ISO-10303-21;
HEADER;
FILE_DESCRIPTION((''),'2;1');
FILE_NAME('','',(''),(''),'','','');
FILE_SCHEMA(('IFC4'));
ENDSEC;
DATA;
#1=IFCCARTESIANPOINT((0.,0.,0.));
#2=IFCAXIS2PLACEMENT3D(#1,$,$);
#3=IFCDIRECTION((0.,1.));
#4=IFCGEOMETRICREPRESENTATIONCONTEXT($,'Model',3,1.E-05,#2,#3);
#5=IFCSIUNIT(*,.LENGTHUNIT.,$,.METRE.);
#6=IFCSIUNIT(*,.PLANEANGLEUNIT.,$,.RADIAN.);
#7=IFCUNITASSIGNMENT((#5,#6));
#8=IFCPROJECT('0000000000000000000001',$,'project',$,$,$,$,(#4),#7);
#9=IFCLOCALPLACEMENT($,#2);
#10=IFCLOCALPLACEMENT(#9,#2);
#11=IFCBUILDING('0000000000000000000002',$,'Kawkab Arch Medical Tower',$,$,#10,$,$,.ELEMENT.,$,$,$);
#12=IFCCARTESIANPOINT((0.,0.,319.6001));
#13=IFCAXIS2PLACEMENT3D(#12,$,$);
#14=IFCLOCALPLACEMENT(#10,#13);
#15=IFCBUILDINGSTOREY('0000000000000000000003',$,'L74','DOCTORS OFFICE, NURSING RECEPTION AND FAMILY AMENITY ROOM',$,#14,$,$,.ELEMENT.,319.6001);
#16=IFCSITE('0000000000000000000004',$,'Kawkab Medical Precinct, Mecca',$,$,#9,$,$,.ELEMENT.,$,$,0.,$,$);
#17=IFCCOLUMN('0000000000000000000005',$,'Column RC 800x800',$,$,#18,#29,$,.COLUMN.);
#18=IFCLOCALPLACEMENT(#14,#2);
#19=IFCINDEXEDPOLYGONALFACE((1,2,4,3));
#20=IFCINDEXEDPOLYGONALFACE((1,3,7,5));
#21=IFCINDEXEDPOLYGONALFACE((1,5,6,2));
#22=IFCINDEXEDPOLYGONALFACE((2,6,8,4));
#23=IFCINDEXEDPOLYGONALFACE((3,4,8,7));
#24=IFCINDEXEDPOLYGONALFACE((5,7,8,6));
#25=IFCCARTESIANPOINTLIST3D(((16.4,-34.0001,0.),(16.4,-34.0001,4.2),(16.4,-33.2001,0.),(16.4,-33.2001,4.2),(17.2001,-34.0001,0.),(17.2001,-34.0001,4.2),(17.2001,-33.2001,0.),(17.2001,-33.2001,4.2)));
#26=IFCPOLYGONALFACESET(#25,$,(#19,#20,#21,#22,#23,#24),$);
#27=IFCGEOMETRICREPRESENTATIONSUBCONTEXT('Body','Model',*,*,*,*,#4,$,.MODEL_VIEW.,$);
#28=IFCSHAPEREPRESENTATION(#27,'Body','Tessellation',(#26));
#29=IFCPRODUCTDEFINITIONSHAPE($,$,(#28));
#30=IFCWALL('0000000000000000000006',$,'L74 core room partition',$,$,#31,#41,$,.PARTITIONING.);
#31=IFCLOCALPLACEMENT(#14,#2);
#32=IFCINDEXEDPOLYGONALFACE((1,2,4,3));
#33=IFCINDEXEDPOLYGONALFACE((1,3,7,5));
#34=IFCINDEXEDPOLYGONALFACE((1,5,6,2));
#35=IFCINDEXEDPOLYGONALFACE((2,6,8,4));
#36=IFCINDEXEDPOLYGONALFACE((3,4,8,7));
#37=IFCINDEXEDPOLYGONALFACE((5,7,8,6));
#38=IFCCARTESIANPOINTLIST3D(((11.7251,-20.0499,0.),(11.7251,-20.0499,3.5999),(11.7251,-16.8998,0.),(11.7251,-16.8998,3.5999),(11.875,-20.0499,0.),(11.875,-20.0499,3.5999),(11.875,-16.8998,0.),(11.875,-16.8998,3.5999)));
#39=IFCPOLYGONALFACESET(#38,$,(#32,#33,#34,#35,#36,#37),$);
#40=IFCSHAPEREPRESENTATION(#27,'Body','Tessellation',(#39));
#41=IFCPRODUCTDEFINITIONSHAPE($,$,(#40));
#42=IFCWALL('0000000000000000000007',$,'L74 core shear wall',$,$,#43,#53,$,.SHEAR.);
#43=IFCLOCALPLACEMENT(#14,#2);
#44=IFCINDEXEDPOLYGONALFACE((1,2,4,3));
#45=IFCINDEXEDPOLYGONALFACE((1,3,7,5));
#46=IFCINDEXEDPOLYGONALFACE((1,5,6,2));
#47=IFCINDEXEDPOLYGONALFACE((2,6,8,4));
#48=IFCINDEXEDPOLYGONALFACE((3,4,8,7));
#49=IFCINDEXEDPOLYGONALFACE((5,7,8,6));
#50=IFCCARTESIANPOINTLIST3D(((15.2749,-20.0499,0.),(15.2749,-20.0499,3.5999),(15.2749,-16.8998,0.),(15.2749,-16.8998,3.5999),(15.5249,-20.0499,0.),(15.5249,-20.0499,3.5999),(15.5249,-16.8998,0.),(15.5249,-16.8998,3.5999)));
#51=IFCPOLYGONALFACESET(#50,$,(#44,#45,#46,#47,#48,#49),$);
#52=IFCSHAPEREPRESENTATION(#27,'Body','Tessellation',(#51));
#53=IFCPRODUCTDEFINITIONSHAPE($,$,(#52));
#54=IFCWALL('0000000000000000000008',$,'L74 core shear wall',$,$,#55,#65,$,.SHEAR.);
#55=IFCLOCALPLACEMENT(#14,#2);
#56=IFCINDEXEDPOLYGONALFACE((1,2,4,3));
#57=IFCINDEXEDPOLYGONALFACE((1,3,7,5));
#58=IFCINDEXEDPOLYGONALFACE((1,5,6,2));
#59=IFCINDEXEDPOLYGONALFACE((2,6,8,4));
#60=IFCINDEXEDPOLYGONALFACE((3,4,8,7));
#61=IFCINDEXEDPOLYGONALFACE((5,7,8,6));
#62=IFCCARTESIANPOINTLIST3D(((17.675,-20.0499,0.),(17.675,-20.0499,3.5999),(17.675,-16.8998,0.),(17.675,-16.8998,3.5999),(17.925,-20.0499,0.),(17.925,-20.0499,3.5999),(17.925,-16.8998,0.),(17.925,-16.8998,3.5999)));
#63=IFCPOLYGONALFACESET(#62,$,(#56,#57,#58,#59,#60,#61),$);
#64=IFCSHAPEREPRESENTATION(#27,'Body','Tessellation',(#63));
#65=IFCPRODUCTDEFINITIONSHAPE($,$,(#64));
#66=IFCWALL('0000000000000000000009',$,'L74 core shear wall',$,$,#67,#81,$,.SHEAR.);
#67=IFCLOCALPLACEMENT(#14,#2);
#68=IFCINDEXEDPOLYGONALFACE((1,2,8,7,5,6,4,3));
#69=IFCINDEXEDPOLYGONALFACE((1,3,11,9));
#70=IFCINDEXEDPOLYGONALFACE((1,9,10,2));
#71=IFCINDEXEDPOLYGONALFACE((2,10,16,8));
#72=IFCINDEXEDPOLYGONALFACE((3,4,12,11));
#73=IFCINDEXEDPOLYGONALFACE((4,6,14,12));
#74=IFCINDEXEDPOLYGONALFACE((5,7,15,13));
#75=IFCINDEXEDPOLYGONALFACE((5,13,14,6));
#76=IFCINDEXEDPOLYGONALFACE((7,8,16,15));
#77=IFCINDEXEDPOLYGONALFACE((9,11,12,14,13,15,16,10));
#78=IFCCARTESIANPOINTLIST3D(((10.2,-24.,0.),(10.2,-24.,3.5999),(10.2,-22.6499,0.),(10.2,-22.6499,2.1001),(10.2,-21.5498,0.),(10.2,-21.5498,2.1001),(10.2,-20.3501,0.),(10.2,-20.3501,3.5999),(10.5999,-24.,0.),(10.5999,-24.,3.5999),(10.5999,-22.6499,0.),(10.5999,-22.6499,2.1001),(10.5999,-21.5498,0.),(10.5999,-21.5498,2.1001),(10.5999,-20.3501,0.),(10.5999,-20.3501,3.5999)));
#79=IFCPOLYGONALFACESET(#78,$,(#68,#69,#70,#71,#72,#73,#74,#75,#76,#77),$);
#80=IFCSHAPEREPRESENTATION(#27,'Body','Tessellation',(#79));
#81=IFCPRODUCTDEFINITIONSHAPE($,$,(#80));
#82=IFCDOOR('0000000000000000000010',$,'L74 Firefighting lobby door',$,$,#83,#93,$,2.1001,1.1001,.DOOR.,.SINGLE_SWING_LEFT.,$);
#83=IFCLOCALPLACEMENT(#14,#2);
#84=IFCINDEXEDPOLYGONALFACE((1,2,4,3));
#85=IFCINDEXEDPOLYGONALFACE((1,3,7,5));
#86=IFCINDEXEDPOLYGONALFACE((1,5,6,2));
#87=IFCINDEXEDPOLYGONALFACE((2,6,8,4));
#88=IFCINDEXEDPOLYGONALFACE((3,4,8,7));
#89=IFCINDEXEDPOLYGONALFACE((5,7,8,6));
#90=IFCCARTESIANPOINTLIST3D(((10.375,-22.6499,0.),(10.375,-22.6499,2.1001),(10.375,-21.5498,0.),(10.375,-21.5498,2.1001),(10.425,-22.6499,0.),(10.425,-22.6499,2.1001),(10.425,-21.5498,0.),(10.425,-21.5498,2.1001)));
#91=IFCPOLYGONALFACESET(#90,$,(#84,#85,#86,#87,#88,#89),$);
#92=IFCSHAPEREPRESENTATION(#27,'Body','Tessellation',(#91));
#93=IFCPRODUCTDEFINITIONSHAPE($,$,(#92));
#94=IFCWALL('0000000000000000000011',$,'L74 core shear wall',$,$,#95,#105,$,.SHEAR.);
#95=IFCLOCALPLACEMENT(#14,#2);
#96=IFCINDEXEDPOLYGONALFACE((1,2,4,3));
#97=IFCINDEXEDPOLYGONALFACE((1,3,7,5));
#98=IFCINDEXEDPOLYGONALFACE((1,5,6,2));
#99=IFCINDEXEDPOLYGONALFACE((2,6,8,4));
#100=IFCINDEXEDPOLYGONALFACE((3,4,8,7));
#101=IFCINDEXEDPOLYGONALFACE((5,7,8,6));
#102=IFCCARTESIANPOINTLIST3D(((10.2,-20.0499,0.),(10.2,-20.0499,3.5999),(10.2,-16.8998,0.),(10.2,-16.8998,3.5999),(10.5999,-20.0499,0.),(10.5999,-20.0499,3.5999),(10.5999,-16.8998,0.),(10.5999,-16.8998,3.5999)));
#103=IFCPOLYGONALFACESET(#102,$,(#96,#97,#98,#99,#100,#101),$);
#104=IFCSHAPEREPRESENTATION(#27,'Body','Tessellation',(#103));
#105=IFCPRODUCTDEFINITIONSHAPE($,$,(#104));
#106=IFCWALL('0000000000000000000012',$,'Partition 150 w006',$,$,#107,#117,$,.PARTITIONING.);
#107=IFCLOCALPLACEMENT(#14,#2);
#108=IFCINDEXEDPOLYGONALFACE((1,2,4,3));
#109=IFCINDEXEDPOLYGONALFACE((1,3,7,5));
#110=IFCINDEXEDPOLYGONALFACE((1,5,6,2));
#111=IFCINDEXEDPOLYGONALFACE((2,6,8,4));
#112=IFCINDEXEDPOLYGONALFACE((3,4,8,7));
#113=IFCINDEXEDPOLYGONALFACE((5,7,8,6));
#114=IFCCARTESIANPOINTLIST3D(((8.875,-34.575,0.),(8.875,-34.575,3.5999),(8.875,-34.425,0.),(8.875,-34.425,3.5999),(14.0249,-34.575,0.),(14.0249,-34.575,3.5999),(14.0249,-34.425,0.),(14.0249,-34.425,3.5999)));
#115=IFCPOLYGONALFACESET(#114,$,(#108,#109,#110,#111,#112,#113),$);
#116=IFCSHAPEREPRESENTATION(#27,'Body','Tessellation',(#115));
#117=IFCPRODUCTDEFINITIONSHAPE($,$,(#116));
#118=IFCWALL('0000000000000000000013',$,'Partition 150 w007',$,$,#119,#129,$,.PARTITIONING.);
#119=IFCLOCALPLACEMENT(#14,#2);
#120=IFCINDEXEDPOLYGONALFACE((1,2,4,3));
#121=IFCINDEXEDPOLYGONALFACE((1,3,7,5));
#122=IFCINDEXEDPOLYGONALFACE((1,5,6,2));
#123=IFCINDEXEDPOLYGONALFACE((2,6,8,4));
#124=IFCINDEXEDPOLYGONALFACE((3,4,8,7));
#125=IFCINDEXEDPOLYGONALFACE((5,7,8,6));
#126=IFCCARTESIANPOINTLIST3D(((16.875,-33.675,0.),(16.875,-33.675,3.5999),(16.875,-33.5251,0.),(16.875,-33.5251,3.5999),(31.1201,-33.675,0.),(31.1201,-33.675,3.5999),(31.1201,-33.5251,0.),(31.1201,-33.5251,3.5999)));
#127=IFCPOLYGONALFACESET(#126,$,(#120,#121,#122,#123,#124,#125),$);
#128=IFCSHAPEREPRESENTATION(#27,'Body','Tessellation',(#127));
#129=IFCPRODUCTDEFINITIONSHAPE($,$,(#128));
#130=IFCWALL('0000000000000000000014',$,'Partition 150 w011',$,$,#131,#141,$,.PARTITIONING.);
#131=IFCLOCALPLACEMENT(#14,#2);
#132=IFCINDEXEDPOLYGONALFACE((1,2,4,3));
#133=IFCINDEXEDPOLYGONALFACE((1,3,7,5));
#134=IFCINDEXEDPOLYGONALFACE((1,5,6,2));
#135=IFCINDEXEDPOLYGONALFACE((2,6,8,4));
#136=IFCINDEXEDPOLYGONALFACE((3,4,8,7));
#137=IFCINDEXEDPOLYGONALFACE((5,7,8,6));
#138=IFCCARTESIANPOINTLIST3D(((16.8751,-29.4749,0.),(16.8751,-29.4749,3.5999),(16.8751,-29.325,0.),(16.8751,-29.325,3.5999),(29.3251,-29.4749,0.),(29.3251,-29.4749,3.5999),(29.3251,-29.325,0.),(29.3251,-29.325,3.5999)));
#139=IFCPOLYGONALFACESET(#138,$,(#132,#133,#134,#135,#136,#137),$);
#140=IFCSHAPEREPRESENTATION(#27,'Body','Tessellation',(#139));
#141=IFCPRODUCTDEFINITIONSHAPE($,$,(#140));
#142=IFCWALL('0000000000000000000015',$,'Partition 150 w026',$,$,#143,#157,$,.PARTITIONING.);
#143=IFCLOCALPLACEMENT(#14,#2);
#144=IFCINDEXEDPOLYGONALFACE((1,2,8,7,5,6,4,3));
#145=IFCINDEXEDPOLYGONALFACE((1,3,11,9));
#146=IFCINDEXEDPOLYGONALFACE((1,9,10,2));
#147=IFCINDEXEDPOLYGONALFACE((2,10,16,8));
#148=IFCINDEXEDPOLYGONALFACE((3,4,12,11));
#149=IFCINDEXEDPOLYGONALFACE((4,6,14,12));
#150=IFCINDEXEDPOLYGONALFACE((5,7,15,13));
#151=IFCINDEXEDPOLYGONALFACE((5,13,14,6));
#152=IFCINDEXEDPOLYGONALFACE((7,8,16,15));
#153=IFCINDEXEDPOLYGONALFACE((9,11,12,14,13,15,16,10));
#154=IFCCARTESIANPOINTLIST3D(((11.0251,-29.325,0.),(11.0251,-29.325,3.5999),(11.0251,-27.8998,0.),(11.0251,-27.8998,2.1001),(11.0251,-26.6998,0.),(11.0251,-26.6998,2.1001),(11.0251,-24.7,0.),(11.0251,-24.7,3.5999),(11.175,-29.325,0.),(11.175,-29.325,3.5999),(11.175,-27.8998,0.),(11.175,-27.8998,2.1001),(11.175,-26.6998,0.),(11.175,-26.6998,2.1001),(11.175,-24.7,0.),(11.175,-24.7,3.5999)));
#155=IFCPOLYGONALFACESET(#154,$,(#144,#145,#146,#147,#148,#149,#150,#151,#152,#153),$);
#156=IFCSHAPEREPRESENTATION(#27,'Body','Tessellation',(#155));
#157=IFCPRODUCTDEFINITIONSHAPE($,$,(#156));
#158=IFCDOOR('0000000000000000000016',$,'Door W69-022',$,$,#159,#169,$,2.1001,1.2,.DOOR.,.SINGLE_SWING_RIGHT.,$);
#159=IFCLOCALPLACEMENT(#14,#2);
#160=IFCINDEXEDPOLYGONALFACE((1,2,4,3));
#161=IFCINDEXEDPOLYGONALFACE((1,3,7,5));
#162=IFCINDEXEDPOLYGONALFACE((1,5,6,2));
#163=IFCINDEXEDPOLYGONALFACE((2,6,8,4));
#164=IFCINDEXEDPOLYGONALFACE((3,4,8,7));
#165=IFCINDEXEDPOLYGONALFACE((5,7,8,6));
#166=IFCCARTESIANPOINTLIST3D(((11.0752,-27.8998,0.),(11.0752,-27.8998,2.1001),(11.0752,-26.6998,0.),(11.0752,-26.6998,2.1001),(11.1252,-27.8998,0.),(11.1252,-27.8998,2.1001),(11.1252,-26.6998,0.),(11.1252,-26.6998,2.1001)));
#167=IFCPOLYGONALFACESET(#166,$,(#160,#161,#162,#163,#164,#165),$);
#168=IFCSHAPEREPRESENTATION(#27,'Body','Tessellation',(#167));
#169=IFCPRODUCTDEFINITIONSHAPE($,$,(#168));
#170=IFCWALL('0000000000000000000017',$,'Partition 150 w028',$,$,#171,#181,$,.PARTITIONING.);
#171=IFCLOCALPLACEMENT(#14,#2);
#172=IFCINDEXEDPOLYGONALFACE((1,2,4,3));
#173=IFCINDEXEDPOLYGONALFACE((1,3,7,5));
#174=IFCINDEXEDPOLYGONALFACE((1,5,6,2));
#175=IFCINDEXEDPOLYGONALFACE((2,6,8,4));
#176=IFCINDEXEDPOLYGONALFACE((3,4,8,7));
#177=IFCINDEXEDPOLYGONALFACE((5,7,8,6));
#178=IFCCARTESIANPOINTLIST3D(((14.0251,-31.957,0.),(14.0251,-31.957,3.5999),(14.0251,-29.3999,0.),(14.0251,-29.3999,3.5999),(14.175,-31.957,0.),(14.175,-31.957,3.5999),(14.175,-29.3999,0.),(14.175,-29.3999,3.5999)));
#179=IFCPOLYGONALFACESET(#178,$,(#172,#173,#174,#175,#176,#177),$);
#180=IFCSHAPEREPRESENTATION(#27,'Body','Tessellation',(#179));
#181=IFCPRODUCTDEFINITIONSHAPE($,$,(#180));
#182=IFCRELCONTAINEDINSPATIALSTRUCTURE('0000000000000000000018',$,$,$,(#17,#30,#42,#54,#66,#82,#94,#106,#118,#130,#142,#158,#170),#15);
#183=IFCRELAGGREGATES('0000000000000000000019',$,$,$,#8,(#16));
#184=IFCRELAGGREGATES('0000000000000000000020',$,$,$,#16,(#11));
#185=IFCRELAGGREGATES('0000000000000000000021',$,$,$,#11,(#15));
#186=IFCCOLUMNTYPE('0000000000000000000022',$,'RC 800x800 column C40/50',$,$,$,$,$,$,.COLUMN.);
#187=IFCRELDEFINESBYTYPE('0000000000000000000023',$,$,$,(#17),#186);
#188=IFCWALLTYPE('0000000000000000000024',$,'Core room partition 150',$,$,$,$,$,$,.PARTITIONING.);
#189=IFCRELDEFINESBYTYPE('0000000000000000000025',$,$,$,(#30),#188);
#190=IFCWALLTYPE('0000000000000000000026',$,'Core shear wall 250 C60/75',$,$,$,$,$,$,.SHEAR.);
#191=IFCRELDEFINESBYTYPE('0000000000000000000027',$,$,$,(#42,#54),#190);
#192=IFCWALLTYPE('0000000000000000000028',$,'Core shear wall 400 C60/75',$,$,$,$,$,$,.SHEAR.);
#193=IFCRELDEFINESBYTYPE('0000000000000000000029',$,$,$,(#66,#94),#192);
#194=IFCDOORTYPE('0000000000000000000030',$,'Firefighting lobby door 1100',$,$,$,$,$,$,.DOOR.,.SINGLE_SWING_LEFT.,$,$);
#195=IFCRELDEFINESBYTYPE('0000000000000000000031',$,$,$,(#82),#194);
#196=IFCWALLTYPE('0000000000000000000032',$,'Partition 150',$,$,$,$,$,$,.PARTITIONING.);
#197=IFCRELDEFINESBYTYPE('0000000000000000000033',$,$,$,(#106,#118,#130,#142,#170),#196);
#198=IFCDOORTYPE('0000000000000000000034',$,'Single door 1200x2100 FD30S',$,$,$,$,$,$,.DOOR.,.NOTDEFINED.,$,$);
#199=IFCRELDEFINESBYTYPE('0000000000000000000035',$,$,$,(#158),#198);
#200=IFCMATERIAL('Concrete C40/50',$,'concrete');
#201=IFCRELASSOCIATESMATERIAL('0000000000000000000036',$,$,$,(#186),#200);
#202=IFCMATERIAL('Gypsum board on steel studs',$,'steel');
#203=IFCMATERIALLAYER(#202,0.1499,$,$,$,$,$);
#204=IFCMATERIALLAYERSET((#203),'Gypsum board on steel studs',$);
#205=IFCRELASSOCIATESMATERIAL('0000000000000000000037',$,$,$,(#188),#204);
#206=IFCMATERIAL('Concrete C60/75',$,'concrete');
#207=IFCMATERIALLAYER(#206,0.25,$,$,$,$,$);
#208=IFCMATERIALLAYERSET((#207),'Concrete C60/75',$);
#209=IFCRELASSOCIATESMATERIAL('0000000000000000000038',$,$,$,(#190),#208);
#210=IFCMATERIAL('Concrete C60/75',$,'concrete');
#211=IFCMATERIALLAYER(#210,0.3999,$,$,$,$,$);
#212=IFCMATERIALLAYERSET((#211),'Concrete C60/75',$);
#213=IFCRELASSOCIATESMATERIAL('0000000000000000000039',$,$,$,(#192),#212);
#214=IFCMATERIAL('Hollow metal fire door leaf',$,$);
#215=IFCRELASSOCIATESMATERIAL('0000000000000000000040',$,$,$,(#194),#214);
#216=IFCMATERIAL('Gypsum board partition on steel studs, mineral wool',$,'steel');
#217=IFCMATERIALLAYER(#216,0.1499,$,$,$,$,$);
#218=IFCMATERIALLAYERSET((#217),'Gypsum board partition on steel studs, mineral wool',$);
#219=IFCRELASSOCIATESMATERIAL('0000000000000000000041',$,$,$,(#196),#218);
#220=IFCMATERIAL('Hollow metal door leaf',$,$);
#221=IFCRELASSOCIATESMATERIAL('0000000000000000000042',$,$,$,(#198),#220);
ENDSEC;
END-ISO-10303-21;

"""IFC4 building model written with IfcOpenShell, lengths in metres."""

from ifc_helpers import new_model, si_unit, direction, frame, frame_2d, origin, origin_2d, place, context, subcontext, project, spatial, rectangle, extrude, material, layer, layer_set, material_profile, profile_set, type_object, element, fill, save


model = new_model("IFC4")

# Units and contexts
model_context = context("Model", 3, precision=1e-05, world=origin(), true_north=direction((0.0, 1.0)))
body_context = subcontext(model_context, "Body", "Model", "MODEL_VIEW")
ifc_project = project(units=[si_unit("LENGTHUNIT", "METRE"), si_unit("PLANEANGLEUNIT", "RADIAN")], contexts=[model_context])

# Site, building, storey
site_placement = place(None, origin())
site = spatial("IfcSite", under=ifc_project, at=site_placement, Name="Kawkab Medical Precinct, Mecca", CompositionType="ELEMENT", RefElevation=0.0)
building_placement = place(site_placement, origin())
building = spatial("IfcBuilding", under=site, at=building_placement, Name="Kawkab Arch Medical Tower", CompositionType="ELEMENT")
storey_placement = place(building_placement, frame((0.0, 0.0, 319.6001)))
storey = spatial("IfcBuildingStorey", under=building, at=storey_placement, Name="L74", Description="DOCTORS OFFICE, NURSING RECEPTION AND FAMILY AMENITY ROOM", CompositionType="ELEMENT", Elevation=319.6001)

# Column
ifc_material_1 = material(Name="Concrete C40/50", Category="concrete")
ifc_material_profile = material_profile(ifc_material_1, rectangle(XDim=0.8, YDim=0.8, at=origin_2d()), Name="RC 800x800")
ifc_profile_set = profile_set([ifc_material_profile], Name="Concrete C40/50")
column_type = type_object("IfcColumnType", Name="RC 800x800 column C40/50", PredefinedType="COLUMN", material=ifc_profile_set)
column_placement = place(storey_placement, frame((16.8, -33.6001, 0.0), z_axis=(0.0, 0.0, 1.0), x_axis=(1.0, 0.0, 0.0)))
element("IfcColumn", 1, at=column_placement, inside=storey, type_object=column_type, Name="Column RC 800x800", PredefinedType="COLUMN", context=body_context, shape_type="SweptSolid", body=[
    extrude(rectangle(XDim=0.8, YDim=0.8, at=origin_2d()), origin(), (0.0, 0.0, 1.0), 4.2),
])

# Walls
ifc_material_2 = material(Name="Gypsum board on steel studs", Category="steel")
ifc_layer_1 = layer(ifc_material_2, 0.1499)
ifc_layer_set_1 = layer_set([ifc_layer_1], Name="Gypsum board on steel studs")
wall_type_1 = type_object("IfcWallType", Name="Core room partition 150", PredefinedType="PARTITIONING", material=ifc_layer_set_1)
wall_1_placement = place(storey_placement, frame((11.8, -20.05, 0.0), z_axis=(0.0, 0.0, 1.0), x_axis=(0.0, 1.0, 0.0)))
element("IfcWall", 2, at=wall_1_placement, inside=storey, type_object=wall_type_1, Name="L74 core room partition", PredefinedType="PARTITIONING", context=body_context, shape_type="SweptSolid", body=[
    extrude(rectangle(XDim=3.1501, YDim=0.1499, at=frame_2d((1.5752, 0.0))), origin(), (0.0, 0.0, 1.0), 3.5999),
])
ifc_material_3 = material(Name="Concrete C60/75", Category="concrete")
ifc_layer_2 = layer(ifc_material_3, 0.25)
ifc_layer_set_2 = layer_set([ifc_layer_2], Name="Concrete C60/75")
wall_type_2 = type_object("IfcWallType", Name="Core shear wall 250 C60/75", PredefinedType="SHEAR", material=ifc_layer_set_2)
for number, where, z_axis, x_axis, name in (
    (3, (15.3999, -20.05, 0.0), (0.0, 0.0, 1.0), (0.0, 1.0, 0.0), "L74 core shear wall"),
    (4, (17.8, -20.05, 0.0), (0.0, 0.0, 1.0), (0.0, 1.0, 0.0), "L74 core shear wall"),
):
    element("IfcWall", number, at=place(storey_placement, frame(where, z_axis=z_axis, x_axis=x_axis)), inside=storey, type_object=wall_type_2, Name=name, PredefinedType="SHEAR", context=body_context, shape_type="SweptSolid", body=[
        extrude(rectangle(XDim=3.1501, YDim=0.25, at=frame_2d((1.5752, 0.0))), origin(), (0.0, 0.0, 1.0), 3.5999),
    ])

# Wall, opening, door
ifc_material_4 = material(Name="Concrete C60/75", Category="concrete")
ifc_layer_3 = layer(ifc_material_4, 0.3999)
ifc_layer_set_3 = layer_set([ifc_layer_3], Name="Concrete C60/75")
wall_type_3 = type_object("IfcWallType", Name="Core shear wall 400 C60/75", PredefinedType="SHEAR", material=ifc_layer_set_3)
wall_2_placement = place(storey_placement, frame((10.3999, -24.0, 0.0), z_axis=(0.0, 0.0, 1.0), x_axis=(0.0, 1.0, 0.0)))
wall_2 = element("IfcWall", 5, at=wall_2_placement, inside=storey, type_object=wall_type_3, Name="L74 core shear wall", PredefinedType="SHEAR", context=body_context, shape_type="SweptSolid", body=[
    extrude(rectangle(XDim=3.6499, YDim=0.3999, at=frame_2d((1.825, 0.0))), origin(), (0.0, 0.0, 1.0), 3.5999),
])
opening_1_placement = place(wall_2_placement, frame((1.3501, 0.0, 0.0)))
opening_1 = element("IfcOpeningElement", 6, at=opening_1_placement, cuts=wall_2, PredefinedType="OPENING", context=body_context, shape_type="SweptSolid", body=[
    extrude(rectangle(XDim=1.1001, YDim=2.1001, at=frame_2d((0.55, 1.05))), frame((0.0, 0.21, 0.0), z_axis=(0.0, -1.0, 0.0), x_axis=(1.0, 0.0, 0.0)), (0.0, 0.0, 1.0), 0.4199),
])
ifc_material_5 = material(Name="Hollow metal fire door leaf")
door_type_1 = type_object("IfcDoorType", Name="Firefighting lobby door 1100", OperationType="SINGLE_SWING_LEFT", PredefinedType="DOOR", material=ifc_material_5)
door_1_placement = place(opening_1_placement, origin())
door_1 = element("IfcDoor", 7, at=door_1_placement, inside=storey, type_object=door_type_1, Name="L74 Firefighting lobby door", OperationType="SINGLE_SWING_LEFT", OverallHeight=2.1001, OverallWidth=1.1001, PredefinedType="DOOR", context=body_context, shape_type="SweptSolid", body=[
    extrude(rectangle(XDim=1.1001, YDim=2.1001, at=frame_2d((0.55, 1.05))), frame((0.0, 0.0249, 0.0), z_axis=(0.0, -1.0, 0.0), x_axis=(1.0, 0.0, 0.0)), (0.0, 0.0, 1.0), 0.05),
])
fill(opening_1, door_1)

# Walls
wall_3_placement = place(storey_placement, frame((10.3999, -20.05, 0.0), z_axis=(0.0, 0.0, 1.0), x_axis=(0.0, 1.0, 0.0)))
element("IfcWall", 8, at=wall_3_placement, inside=storey, type_object=wall_type_3, Name="L74 core shear wall", PredefinedType="SHEAR", context=body_context, shape_type="SweptSolid", body=[
    extrude(rectangle(XDim=3.1501, YDim=0.3999, at=frame_2d((1.5752, 0.0))), origin(), (0.0, 0.0, 1.0), 3.5999),
])
ifc_material_6 = material(Name="Gypsum board partition on steel studs, mineral wool", Category="steel")
ifc_layer_4 = layer(ifc_material_6, 0.1499)
ifc_layer_set_4 = layer_set([ifc_layer_4], Name="Gypsum board partition on steel studs, mineral wool")
wall_type_4 = type_object("IfcWallType", Name="Partition 150", PredefinedType="PARTITIONING", material=ifc_layer_set_4)
wall_4_placement = place(storey_placement, frame((8.875, -34.5, 0.0), z_axis=(0.0, 0.0, 1.0), x_axis=(1.0, 0.0, 0.0)))
element("IfcWall", 9, at=wall_4_placement, inside=storey, type_object=wall_type_4, Name="Partition 150 w006", PredefinedType="PARTITIONING", context=body_context, shape_type="SweptSolid", body=[
    extrude(rectangle(XDim=5.1499, YDim=0.1499, at=frame_2d((2.575, 0.0))), origin(), (0.0, 0.0, 1.0), 3.5999),
])
wall_5_placement = place(storey_placement, frame((16.875, -33.6001, 0.0), z_axis=(0.0, 0.0, 1.0), x_axis=(1.0, 0.0, 0.0)))
element("IfcWall", 10, at=wall_5_placement, inside=storey, type_object=wall_type_4, Name="Partition 150 w007", PredefinedType="PARTITIONING", context=body_context, shape_type="SweptSolid", body=[
    extrude(rectangle(XDim=14.2451, YDim=0.1499, at=frame_2d((7.1226, 0.0))), origin(), (0.0, 0.0, 1.0), 3.5999),
])
wall_6_placement = place(storey_placement, frame((16.875, -29.3999, 0.0), z_axis=(0.0, 0.0, 1.0), x_axis=(1.0, 0.0, 0.0)))
element("IfcWall", 11, at=wall_6_placement, inside=storey, type_object=wall_type_4, Name="Partition 150 w011", PredefinedType="PARTITIONING", context=body_context, shape_type="SweptSolid", body=[
    extrude(rectangle(XDim=12.45, YDim=0.1499, at=frame_2d((6.2251, 0.0))), origin(), (0.0, 0.0, 1.0), 3.5999),
])

# Wall, opening, door
wall_7_placement = place(storey_placement, frame((11.1001, -29.325, 0.0), z_axis=(0.0, 0.0, 1.0), x_axis=(0.0, 1.0, 0.0)))
wall_7 = element("IfcWall", 12, at=wall_7_placement, inside=storey, type_object=wall_type_4, Name="Partition 150 w026", PredefinedType="PARTITIONING", context=body_context, shape_type="SweptSolid", body=[
    extrude(rectangle(XDim=4.625, YDim=0.1499, at=frame_2d((2.3125, 0.0))), origin(), (0.0, 0.0, 1.0), 3.5999),
])
opening_2_placement = place(wall_7_placement, frame((1.425, 0.0, 0.0)))
opening_2 = element("IfcOpeningElement", 13, at=opening_2_placement, cuts=wall_7, PredefinedType="OPENING", context=body_context, shape_type="SweptSolid", body=[
    extrude(rectangle(XDim=1.2, YDim=2.1001, at=frame_2d((0.6001, 1.05))), frame((0.0, 0.085, 0.0), z_axis=(0.0, -1.0, 0.0), x_axis=(1.0, 0.0, 0.0)), (0.0, 0.0, 1.0), 0.1699),
])
ifc_material_7 = material(Name="Hollow metal door leaf")
door_type_2 = type_object("IfcDoorType", Name="Single door 1200x2100 FD30S", OperationType="NOTDEFINED", PredefinedType="DOOR", material=ifc_material_7)
door_2_placement = place(opening_2_placement, origin())
door_2 = element("IfcDoor", 14, at=door_2_placement, inside=storey, type_object=door_type_2, Name="Door W69-022", OperationType="SINGLE_SWING_RIGHT", OverallHeight=2.1001, OverallWidth=1.2, PredefinedType="DOOR", context=body_context, shape_type="SweptSolid", body=[
    extrude(rectangle(XDim=1.2, YDim=2.1001, at=frame_2d((0.6001, 1.05))), frame((0.0, 0.0249, 0.0), z_axis=(0.0, -1.0, 0.0), x_axis=(1.0, 0.0, 0.0)), (0.0, 0.0, 1.0), 0.05),
])
fill(opening_2, door_2)

# Wall
wall_8_placement = place(storey_placement, frame((14.1001, -31.957, 0.0), z_axis=(0.0, 0.0, 1.0), x_axis=(0.0, 1.0, 0.0)))
element("IfcWall", 15, at=wall_8_placement, inside=storey, type_object=wall_type_4, Name="Partition 150 w028", PredefinedType="PARTITIONING", context=body_context, shape_type="SweptSolid", body=[
    extrude(rectangle(XDim=2.5571, YDim=0.1499, at=frame_2d((1.2786, 0.0))), origin(), (0.0, 0.0, 1.0), 3.5999),
])

save(model, "model.ifc")
